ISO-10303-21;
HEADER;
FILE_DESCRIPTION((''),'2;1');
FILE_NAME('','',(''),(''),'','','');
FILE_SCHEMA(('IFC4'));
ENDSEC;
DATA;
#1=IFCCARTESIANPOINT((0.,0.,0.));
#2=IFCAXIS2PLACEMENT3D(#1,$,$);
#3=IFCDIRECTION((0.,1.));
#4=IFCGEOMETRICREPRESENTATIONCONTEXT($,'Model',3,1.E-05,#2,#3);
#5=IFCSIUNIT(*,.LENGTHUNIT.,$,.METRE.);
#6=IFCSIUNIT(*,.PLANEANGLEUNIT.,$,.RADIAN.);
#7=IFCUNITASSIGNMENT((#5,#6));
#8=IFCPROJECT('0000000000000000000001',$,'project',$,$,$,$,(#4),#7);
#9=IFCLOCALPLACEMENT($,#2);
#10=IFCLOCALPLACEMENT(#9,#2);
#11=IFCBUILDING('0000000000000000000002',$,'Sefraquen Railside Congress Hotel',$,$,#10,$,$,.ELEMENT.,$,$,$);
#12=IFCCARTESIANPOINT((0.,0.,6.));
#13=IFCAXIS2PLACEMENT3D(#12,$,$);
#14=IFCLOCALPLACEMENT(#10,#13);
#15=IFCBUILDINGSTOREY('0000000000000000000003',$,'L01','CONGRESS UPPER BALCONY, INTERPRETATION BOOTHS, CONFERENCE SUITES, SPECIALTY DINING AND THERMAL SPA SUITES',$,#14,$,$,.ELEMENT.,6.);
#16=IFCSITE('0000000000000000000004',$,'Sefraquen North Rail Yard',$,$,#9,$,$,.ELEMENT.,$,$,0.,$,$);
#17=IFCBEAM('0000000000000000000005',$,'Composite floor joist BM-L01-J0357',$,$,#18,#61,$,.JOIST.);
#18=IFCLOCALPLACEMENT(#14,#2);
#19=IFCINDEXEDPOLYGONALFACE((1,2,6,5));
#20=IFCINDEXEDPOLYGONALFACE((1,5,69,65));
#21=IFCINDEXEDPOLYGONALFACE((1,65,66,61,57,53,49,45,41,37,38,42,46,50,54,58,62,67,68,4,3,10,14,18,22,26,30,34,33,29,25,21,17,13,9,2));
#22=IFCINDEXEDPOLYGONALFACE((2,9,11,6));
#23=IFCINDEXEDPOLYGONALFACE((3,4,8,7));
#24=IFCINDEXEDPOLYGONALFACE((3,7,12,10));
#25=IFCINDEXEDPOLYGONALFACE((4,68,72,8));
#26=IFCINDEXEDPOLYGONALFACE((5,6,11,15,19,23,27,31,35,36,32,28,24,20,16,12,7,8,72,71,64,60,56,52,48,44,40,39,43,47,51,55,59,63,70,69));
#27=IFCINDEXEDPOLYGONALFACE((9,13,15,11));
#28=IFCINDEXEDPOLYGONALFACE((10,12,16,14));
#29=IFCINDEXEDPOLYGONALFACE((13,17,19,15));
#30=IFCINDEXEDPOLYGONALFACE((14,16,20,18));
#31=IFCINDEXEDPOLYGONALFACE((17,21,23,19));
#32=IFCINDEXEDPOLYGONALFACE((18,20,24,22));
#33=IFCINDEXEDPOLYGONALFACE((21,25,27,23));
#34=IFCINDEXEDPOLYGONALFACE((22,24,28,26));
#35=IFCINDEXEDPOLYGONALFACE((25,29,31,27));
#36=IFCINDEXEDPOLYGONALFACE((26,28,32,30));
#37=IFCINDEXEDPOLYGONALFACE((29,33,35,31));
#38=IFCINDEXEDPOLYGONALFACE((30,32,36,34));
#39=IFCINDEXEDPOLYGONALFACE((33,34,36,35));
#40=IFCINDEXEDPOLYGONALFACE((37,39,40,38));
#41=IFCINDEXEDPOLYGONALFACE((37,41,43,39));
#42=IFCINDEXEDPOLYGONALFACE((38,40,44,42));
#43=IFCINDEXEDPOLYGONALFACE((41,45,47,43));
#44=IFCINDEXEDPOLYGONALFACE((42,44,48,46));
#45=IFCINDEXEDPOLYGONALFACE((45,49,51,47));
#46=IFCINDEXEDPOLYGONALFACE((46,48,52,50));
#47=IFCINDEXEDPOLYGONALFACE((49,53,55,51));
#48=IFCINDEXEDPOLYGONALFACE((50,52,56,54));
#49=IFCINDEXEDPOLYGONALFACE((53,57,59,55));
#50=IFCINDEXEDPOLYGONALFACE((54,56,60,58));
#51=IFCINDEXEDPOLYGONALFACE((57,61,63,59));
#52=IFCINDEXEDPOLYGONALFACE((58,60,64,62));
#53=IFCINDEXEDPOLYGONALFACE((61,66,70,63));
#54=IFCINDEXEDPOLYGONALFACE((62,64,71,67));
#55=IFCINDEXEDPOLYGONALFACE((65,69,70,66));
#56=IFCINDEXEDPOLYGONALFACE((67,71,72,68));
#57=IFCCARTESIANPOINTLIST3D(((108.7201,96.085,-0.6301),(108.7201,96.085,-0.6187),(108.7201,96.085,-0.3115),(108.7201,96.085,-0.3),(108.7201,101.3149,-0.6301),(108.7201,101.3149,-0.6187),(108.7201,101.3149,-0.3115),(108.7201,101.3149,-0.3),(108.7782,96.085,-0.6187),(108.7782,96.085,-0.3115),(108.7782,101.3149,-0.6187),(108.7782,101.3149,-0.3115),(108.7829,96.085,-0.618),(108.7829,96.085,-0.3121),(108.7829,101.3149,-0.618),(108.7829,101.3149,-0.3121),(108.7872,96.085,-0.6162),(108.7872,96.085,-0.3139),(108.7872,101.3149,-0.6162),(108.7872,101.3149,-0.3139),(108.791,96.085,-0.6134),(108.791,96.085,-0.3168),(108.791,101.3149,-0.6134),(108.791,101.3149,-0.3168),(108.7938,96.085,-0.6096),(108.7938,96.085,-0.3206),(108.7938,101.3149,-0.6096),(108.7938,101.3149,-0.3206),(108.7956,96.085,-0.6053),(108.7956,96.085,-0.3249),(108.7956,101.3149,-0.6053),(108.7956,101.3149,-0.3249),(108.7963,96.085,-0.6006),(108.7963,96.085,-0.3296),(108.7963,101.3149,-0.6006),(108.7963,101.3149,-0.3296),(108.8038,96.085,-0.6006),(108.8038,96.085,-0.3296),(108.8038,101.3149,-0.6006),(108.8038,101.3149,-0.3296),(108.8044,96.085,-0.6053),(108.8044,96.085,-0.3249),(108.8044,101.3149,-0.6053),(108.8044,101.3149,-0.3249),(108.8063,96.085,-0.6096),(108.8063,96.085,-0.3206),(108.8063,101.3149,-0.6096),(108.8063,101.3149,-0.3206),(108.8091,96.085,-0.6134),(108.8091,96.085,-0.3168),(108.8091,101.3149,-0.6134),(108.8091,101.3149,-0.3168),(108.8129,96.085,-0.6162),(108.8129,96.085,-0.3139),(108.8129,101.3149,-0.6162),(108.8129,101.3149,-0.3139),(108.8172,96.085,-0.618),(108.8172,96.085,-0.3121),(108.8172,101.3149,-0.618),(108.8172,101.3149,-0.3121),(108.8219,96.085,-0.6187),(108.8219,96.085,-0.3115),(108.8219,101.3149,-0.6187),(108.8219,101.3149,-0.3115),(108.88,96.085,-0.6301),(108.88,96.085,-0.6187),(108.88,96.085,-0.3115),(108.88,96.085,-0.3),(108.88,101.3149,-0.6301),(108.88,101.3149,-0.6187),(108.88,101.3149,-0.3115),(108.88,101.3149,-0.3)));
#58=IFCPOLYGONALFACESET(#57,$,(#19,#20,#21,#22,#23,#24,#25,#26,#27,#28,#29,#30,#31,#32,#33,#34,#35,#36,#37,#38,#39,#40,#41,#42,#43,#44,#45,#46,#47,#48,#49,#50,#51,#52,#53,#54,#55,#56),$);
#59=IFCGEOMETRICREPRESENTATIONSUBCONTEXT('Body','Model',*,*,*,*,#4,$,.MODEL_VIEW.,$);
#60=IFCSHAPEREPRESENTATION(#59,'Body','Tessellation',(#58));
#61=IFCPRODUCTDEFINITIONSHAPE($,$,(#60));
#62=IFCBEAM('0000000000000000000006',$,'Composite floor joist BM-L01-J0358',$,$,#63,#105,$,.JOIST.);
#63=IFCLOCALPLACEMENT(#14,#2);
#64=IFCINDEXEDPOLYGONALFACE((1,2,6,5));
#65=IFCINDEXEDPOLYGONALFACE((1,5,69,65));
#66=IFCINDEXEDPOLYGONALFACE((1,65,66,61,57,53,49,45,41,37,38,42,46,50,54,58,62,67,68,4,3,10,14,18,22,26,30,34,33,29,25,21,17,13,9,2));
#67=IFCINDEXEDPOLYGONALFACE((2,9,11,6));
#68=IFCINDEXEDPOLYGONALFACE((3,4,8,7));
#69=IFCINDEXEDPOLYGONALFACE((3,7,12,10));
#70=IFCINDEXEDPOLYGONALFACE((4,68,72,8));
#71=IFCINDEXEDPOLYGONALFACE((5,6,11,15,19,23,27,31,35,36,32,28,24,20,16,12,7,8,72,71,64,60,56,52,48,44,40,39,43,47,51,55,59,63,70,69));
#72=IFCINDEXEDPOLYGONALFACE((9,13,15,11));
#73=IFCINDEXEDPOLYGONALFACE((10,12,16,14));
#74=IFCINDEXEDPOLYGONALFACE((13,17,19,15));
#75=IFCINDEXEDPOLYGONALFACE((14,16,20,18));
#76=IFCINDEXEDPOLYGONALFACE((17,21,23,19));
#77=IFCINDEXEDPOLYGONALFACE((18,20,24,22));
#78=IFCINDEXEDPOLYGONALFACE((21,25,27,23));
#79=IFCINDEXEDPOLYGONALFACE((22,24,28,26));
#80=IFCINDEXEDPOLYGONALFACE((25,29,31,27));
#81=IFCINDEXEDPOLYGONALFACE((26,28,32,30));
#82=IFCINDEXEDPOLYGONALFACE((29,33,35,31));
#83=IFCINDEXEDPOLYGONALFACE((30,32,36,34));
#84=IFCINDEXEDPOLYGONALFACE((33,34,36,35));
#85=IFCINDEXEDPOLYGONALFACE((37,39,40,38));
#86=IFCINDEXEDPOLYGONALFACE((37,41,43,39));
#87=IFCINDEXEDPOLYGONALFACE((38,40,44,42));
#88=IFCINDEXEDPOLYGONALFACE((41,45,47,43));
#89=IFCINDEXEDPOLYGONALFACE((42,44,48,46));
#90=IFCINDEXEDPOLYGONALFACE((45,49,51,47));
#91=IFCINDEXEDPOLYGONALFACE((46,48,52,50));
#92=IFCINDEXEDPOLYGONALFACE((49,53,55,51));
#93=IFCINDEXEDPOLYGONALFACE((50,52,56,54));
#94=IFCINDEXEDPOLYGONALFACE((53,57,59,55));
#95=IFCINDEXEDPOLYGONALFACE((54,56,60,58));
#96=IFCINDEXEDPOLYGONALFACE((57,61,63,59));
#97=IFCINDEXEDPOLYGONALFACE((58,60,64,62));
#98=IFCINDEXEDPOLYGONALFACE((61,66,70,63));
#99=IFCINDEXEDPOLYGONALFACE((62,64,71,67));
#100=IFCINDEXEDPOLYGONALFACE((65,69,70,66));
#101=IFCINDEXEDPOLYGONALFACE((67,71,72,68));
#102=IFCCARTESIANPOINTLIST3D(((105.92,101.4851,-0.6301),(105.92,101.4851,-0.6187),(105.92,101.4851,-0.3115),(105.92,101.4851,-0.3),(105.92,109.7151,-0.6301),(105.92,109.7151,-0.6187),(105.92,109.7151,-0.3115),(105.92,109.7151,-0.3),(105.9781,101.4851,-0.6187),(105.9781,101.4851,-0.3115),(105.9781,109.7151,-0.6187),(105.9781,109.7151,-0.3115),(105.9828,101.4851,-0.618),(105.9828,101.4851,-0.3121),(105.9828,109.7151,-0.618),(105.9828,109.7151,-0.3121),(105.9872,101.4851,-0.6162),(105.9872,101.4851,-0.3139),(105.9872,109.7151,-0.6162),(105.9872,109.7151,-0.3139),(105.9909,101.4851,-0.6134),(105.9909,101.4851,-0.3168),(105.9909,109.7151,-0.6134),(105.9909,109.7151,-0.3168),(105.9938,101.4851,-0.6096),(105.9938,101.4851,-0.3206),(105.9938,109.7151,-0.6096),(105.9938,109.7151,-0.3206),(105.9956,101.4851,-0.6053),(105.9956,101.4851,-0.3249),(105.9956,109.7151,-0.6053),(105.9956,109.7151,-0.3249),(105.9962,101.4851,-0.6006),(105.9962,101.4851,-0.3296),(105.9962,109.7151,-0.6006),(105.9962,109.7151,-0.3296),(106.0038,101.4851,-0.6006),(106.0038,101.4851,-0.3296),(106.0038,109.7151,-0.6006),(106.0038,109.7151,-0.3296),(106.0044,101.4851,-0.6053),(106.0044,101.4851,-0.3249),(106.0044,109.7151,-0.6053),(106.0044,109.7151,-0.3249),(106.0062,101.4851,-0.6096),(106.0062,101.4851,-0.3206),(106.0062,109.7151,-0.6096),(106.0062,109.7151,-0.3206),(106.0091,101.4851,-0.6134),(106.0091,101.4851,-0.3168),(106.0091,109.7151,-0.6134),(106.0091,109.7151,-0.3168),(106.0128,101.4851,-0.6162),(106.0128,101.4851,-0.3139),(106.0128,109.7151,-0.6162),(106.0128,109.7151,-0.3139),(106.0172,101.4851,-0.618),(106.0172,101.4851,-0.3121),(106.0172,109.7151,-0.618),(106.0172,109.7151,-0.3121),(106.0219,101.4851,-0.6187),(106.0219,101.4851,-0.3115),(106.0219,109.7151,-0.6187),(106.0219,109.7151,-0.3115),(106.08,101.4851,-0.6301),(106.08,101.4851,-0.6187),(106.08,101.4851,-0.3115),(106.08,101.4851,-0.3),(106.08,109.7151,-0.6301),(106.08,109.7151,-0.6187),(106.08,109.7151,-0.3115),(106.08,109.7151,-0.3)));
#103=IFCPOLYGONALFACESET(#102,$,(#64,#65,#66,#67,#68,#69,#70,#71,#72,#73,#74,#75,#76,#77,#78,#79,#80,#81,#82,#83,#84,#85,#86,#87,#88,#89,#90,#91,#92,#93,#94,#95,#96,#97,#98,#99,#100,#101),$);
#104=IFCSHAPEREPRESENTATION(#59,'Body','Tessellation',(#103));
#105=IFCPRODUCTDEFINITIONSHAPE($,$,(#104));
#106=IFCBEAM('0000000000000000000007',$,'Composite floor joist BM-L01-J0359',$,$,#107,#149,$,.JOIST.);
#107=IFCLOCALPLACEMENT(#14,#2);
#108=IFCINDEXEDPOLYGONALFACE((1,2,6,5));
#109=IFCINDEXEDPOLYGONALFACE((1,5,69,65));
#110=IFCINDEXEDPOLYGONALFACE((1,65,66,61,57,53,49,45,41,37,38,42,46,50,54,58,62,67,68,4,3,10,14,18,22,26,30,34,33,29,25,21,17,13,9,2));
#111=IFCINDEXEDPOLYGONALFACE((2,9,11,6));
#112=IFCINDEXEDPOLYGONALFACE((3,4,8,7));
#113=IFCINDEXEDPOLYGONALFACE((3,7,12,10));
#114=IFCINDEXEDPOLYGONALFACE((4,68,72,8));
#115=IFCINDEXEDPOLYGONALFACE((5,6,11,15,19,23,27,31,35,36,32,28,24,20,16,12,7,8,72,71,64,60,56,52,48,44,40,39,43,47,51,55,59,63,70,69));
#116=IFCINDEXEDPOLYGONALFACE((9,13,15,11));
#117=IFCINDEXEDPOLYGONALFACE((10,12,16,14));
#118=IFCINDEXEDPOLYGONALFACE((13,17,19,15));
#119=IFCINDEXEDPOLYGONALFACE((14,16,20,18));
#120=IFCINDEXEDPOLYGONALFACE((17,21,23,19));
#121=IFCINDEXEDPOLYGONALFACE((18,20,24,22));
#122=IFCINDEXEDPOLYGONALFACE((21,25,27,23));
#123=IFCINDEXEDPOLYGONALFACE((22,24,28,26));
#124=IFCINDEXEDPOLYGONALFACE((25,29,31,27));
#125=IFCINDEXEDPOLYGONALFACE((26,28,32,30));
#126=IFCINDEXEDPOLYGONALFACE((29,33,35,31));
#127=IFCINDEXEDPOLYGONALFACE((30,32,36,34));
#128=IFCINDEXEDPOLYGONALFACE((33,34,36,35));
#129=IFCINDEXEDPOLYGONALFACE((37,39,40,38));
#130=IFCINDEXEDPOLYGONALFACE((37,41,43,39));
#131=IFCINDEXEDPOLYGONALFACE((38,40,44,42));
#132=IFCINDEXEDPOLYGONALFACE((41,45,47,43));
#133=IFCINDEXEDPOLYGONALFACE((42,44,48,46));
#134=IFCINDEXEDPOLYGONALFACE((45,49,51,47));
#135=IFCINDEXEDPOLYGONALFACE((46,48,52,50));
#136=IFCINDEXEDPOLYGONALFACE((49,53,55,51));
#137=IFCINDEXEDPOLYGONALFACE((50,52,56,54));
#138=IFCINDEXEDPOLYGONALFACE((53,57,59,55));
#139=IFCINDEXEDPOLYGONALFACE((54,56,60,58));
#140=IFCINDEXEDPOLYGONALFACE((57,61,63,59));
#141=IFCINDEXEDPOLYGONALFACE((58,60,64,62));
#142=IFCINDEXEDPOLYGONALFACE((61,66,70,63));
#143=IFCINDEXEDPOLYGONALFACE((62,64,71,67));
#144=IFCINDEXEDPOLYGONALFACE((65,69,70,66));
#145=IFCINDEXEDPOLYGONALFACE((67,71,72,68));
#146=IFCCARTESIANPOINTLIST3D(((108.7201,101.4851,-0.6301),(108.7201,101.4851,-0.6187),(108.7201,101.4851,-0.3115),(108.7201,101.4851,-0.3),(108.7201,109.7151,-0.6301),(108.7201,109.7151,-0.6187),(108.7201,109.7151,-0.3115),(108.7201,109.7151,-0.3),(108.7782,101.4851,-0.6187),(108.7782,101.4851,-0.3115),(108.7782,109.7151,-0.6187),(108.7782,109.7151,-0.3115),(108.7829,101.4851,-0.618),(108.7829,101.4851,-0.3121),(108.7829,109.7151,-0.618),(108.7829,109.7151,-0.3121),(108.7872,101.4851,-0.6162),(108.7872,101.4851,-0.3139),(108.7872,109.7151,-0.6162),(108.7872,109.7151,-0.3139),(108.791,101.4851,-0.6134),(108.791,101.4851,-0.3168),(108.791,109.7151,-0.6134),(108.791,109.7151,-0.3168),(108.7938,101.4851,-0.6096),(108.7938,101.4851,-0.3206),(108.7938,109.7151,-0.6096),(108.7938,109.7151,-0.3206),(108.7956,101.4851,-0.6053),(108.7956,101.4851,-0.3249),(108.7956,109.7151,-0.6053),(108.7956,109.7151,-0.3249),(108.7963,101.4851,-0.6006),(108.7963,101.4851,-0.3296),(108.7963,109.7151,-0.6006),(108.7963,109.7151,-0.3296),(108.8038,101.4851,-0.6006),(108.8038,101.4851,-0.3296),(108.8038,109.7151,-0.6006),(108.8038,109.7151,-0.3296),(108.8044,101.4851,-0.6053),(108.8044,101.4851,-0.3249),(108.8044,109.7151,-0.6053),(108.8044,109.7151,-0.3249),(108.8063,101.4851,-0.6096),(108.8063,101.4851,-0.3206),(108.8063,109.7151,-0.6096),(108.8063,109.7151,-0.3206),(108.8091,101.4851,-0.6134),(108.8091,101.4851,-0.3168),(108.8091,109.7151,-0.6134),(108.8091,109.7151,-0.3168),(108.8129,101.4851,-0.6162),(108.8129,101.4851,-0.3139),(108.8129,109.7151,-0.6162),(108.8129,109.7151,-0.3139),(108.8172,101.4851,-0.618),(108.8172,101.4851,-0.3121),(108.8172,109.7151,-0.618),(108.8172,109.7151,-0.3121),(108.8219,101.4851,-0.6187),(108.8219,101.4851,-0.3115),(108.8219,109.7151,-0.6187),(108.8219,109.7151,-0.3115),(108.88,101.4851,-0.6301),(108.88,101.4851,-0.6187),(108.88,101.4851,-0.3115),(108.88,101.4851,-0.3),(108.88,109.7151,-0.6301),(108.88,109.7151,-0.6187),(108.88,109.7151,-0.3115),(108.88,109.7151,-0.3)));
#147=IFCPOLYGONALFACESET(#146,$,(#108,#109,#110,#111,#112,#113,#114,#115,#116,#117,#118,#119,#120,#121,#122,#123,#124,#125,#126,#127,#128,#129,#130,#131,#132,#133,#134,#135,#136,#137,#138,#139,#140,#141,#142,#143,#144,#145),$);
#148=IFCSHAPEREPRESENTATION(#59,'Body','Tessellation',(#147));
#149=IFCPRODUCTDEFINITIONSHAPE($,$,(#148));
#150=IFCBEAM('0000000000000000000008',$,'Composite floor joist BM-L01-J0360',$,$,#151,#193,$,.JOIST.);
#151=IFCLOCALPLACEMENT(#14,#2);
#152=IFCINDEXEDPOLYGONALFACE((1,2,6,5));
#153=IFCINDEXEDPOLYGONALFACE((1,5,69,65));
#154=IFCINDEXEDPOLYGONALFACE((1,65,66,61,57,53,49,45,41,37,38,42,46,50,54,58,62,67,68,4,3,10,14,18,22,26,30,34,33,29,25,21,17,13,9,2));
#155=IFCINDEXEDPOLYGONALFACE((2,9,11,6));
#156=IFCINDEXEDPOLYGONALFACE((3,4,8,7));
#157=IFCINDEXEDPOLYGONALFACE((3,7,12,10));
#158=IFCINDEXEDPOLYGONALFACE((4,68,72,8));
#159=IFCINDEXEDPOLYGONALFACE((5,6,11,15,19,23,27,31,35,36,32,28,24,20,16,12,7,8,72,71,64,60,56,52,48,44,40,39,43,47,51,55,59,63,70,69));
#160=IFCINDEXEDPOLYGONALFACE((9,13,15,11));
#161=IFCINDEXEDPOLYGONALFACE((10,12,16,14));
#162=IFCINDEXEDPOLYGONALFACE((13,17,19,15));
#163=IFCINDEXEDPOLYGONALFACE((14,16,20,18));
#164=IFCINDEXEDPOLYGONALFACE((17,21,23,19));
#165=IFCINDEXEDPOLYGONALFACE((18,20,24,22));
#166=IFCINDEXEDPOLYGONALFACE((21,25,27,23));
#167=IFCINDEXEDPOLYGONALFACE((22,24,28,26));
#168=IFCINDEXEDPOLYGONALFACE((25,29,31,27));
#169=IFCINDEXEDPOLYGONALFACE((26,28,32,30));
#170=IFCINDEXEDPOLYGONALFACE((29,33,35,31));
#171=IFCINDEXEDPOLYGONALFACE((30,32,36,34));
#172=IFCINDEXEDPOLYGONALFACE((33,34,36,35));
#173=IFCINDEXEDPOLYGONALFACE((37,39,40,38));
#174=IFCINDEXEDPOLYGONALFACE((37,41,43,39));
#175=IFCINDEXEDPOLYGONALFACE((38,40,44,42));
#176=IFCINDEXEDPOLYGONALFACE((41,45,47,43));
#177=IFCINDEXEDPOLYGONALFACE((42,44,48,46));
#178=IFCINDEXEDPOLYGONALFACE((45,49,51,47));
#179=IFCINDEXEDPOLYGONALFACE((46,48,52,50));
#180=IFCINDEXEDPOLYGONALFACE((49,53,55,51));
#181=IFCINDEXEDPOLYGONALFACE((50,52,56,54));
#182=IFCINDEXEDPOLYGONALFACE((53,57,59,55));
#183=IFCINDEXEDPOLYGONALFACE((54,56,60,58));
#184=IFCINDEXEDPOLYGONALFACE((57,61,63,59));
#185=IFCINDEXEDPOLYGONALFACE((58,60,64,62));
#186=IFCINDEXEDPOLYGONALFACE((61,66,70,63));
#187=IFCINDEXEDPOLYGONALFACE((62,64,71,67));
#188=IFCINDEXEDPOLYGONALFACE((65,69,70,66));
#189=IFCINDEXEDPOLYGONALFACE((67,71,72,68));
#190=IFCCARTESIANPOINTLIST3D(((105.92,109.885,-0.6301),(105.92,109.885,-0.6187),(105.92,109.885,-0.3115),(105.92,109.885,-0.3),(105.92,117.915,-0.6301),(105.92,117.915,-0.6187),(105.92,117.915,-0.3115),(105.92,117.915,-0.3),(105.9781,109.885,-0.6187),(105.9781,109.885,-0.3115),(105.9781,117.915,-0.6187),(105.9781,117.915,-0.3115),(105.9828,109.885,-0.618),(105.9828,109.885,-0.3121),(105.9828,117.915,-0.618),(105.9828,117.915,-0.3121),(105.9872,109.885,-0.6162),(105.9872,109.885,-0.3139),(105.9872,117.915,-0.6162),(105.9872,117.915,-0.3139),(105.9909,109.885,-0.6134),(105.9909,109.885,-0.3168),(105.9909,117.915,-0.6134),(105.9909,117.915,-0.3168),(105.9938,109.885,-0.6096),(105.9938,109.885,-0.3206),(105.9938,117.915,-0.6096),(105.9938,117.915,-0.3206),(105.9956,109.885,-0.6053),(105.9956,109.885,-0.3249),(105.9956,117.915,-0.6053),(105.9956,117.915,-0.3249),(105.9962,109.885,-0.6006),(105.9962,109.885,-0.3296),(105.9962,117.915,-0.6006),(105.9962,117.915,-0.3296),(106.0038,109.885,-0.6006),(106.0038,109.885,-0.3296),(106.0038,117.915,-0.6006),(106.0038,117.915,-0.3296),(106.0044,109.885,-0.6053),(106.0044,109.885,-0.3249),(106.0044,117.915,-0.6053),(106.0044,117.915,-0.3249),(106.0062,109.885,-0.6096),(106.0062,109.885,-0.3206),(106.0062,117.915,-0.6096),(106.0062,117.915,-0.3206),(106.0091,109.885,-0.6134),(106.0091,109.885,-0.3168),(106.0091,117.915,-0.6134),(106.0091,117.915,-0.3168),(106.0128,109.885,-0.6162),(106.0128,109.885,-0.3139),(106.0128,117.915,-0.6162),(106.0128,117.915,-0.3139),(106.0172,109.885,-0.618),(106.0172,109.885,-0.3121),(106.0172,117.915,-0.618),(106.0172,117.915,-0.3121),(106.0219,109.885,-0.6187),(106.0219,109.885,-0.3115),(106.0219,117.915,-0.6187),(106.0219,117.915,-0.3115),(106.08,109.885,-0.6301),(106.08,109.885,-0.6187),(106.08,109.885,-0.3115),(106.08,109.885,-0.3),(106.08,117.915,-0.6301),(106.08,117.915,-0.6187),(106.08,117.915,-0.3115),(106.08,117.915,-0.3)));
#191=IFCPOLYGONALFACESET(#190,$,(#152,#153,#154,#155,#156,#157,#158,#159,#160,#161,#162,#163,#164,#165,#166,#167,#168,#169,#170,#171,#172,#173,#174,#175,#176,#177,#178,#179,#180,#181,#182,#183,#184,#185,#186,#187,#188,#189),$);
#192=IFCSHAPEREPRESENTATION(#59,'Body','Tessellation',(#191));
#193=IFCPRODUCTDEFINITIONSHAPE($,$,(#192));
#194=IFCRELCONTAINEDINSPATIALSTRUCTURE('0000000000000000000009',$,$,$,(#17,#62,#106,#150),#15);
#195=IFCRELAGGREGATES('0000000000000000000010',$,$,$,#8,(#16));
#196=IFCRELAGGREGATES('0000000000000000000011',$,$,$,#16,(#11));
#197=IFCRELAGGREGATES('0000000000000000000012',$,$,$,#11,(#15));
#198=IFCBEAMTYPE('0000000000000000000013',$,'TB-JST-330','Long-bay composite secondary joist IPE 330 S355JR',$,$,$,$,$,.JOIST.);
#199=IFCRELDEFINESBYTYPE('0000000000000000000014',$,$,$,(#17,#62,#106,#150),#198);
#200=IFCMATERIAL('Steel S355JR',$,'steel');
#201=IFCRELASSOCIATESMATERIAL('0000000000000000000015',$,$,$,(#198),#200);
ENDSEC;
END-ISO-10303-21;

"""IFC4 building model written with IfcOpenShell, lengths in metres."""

from ifc_helpers import new_model, si_unit, direction, frame, origin, origin_2d, place, context, subcontext, project, spatial, i_section, extrude, material, material_profile, profile_set, type_object, element, save


model = new_model("IFC4")

# Units and contexts
model_context = context("Model", 3, precision=1e-05, world=origin(), true_north=direction((0.0, 1.0)))
body_context = subcontext(model_context, "Body", "Model", "MODEL_VIEW")
ifc_project = project(units=[si_unit("LENGTHUNIT", "METRE"), si_unit("PLANEANGLEUNIT", "RADIAN")], contexts=[model_context])

# Site, building, storey
site_placement = place(None, origin())
site = spatial("IfcSite", under=ifc_project, at=site_placement, Name="Sefraquen North Rail Yard", CompositionType="ELEMENT", RefElevation=0.0)
building_placement = place(site_placement, origin())
building = spatial("IfcBuilding", under=site, at=building_placement, Name="Sefraquen Railside Congress Hotel", CompositionType="ELEMENT")
storey_placement = place(building_placement, frame((0.0, 0.0, 6.0)))
storey = spatial("IfcBuildingStorey", under=building, at=storey_placement, Name="L01", Description="CONGRESS UPPER BALCONY, INTERPRETATION BOOTHS, CONFERENCE SUITES, SPECIALTY DINING AND THERMAL SPA SUITES", CompositionType="ELEMENT", Elevation=6.0)

# Shared definitions
ifc_material_1 = material(Name="Steel S355JR", Category="steel")

# Beams
ifc_material_profile_1 = material_profile(ifc_material_1, i_section(OverallWidth=0.1599, OverallDepth=0.3301, WebThickness=0.0076, FlangeThickness=0.0115, FilletRadius=0.0181, at=origin_2d()), Name="IPE 330")
ifc_profile_set_1 = profile_set([ifc_material_profile_1], Name="Steel S355JR")
beam_type_1 = type_object("IfcBeamType", Name="TB-JST-330", Description="Long-bay composite secondary joist IPE 330 S355JR", PredefinedType="JOIST", material=ifc_profile_set_1)
for number, where, z_axis, x_axis, name in (
    (1, (108.8, 96.085, -0.4651), (0.0, 1.0, 0.0), (-1.0, 0.0, 0.0), "Composite floor joist BM-L01-J0357"),
):
    element("IfcBeam", number, at=place(storey_placement, frame(where, z_axis=z_axis, x_axis=x_axis)), inside=storey, type_object=beam_type_1, Name=name, PredefinedType="JOIST", context=body_context, shape_type="SweptSolid", body=[
        extrude(i_section(OverallWidth=0.1599, OverallDepth=0.3301, WebThickness=0.0076, FlangeThickness=0.0115, FilletRadius=0.0181, at=origin_2d()), origin(), (0.0, 0.0, 1.0), 5.23),
    ])
for number, where, z_axis, x_axis, name in (
    (2, (106.0, 101.4851, -0.4651), (0.0, 1.0, 0.0), (-1.0, 0.0, 0.0), "Composite floor joist BM-L01-J0358"),
    (3, (108.8, 101.4851, -0.4651), (0.0, 1.0, 0.0), (-1.0, 0.0, 0.0), "Composite floor joist BM-L01-J0359"),
):
    element("IfcBeam", number, at=place(storey_placement, frame(where, z_axis=z_axis, x_axis=x_axis)), inside=storey, type_object=beam_type_1, Name=name, PredefinedType="JOIST", context=body_context, shape_type="SweptSolid", body=[
        extrude(i_section(OverallWidth=0.1599, OverallDepth=0.3301, WebThickness=0.0076, FlangeThickness=0.0115, FilletRadius=0.0181, at=origin_2d()), origin(), (0.0, 0.0, 1.0), 8.23),
    ])
for number, where, z_axis, x_axis, name in (
    (4, (106.0, 109.885, -0.4651), (0.0, 1.0, 0.0), (-1.0, 0.0, 0.0), "Composite floor joist BM-L01-J0360"),
):
    element("IfcBeam", number, at=place(storey_placement, frame(where, z_axis=z_axis, x_axis=x_axis)), inside=storey, type_object=beam_type_1, Name=name, PredefinedType="JOIST", context=body_context, shape_type="SweptSolid", body=[
        extrude(i_section(OverallWidth=0.1599, OverallDepth=0.3301, WebThickness=0.0076, FlangeThickness=0.0115, FilletRadius=0.0181, at=origin_2d()), origin(), (0.0, 0.0, 1.0), 8.03),
    ])

save(model, "model.ifc")
